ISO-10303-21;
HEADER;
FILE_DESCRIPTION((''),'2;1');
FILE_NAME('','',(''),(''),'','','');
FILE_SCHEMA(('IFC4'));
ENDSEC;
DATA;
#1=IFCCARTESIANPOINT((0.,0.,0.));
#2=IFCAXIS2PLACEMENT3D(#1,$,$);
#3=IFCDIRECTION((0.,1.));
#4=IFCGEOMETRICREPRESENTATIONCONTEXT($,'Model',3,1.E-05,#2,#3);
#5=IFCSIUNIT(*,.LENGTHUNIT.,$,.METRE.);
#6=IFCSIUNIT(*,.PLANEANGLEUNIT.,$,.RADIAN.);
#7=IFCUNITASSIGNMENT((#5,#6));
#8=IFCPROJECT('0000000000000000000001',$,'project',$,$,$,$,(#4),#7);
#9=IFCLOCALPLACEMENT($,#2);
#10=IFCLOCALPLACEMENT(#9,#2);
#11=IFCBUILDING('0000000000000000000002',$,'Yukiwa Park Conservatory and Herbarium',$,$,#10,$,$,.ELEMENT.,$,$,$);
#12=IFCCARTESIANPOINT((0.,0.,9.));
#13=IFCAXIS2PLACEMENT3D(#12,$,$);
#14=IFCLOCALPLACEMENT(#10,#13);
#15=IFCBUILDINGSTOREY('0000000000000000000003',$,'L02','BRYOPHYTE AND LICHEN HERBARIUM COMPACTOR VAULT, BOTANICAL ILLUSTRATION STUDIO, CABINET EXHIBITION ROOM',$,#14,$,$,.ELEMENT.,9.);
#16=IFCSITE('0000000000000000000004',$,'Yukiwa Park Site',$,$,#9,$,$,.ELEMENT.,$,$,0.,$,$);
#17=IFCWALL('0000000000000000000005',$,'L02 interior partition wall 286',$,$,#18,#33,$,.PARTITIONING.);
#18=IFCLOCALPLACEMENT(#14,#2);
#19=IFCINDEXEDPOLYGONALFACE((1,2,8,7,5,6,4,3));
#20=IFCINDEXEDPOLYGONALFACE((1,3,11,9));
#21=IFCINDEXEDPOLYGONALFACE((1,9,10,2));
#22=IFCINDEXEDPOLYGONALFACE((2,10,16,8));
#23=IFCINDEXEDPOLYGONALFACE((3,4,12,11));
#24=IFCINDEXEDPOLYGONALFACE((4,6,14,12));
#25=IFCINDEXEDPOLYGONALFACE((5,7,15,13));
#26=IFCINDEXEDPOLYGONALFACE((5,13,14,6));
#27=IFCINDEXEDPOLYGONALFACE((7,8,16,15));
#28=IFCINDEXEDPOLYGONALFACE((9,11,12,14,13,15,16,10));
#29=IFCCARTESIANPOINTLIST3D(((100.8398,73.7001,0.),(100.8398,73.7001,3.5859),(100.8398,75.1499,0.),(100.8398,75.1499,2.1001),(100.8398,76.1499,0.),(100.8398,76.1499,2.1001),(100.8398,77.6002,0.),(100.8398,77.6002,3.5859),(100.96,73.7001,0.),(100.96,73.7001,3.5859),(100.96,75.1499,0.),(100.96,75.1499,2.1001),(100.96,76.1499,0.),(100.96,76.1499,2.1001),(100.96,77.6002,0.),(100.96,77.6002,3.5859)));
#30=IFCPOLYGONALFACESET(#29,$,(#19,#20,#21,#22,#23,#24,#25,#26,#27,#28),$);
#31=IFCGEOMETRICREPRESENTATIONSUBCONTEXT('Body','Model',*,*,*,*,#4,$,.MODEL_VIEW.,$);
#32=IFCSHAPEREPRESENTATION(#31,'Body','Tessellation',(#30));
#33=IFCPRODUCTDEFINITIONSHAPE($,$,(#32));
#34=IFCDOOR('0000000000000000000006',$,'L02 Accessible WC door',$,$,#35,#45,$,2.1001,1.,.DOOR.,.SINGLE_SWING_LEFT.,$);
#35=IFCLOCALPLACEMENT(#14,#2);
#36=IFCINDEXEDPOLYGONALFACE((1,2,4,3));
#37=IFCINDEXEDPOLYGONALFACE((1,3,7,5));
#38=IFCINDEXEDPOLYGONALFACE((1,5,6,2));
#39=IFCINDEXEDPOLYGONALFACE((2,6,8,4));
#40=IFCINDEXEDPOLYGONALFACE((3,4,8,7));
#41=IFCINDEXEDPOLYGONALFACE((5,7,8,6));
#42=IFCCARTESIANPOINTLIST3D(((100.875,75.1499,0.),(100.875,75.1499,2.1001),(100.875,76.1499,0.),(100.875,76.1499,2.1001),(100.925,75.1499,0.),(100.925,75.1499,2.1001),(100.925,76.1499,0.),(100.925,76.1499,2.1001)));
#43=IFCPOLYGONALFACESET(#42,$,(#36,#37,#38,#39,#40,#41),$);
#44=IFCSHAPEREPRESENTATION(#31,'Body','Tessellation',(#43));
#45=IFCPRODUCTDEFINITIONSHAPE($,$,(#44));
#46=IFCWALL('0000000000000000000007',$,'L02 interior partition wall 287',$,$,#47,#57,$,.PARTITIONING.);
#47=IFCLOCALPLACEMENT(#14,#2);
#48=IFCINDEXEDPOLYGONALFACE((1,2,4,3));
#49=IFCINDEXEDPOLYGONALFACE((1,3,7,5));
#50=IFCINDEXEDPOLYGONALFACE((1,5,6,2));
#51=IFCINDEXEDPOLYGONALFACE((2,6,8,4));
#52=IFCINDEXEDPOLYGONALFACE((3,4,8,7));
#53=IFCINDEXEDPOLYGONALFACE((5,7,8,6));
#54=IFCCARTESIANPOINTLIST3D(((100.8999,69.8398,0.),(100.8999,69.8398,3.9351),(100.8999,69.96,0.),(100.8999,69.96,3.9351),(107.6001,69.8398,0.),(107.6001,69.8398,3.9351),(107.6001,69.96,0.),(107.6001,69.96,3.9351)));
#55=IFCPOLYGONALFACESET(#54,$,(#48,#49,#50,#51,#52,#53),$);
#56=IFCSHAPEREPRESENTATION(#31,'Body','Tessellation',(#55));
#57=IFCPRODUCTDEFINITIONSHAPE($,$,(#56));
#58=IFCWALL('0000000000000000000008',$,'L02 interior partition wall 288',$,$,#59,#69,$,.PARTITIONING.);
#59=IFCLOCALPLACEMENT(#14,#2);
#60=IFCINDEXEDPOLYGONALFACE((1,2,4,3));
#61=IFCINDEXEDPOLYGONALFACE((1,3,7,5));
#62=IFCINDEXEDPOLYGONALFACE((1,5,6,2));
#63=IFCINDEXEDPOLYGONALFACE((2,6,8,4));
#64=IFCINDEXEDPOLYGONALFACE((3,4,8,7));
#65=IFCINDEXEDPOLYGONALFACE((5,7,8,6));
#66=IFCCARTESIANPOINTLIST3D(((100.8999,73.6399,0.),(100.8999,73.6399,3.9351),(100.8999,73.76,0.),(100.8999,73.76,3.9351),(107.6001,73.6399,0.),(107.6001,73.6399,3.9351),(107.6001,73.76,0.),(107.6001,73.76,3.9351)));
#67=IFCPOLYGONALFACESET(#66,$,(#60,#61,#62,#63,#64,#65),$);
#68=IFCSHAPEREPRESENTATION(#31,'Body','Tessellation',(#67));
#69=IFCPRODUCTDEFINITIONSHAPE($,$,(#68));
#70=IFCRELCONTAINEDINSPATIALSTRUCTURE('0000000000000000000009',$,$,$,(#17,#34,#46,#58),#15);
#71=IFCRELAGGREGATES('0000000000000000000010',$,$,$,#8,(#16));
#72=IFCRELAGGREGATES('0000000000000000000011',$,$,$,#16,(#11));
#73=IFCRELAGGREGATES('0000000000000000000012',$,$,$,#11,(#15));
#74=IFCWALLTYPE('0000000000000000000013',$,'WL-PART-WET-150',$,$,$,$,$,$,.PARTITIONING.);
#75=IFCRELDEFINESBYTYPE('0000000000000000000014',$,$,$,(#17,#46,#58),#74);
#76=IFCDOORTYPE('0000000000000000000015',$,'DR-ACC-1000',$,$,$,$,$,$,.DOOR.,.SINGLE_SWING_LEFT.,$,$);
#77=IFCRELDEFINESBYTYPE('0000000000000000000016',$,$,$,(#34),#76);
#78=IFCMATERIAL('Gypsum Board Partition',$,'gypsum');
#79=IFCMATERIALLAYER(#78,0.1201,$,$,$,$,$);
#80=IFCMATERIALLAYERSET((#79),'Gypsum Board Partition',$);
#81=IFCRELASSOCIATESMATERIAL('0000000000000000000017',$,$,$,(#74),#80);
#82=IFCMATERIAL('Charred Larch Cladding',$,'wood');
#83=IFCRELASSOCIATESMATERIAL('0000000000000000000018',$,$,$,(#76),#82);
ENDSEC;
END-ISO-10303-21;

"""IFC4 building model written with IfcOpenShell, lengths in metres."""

from ifc_helpers import new_model, si_unit, direction, frame, frame_2d, origin, place, context, subcontext, project, spatial, rectangle, extrude, material, layer, layer_set, type_object, element, fill, save


model = new_model("IFC4")

# Units and contexts
model_context = context("Model", 3, precision=1e-05, world=origin(), true_north=direction((0.0, 1.0)))
body_context = subcontext(model_context, "Body", "Model", "MODEL_VIEW")
ifc_project = project(units=[si_unit("LENGTHUNIT", "METRE"), si_unit("PLANEANGLEUNIT", "RADIAN")], contexts=[model_context])

# Site, building, storey
site_placement = place(None, origin())
site = spatial("IfcSite", under=ifc_project, at=site_placement, Name="Yukiwa Park Site", CompositionType="ELEMENT", RefElevation=0.0)
building_placement = place(site_placement, origin())
building = spatial("IfcBuilding", under=site, at=building_placement, Name="Yukiwa Park Conservatory and Herbarium", CompositionType="ELEMENT")
storey_placement = place(building_placement, frame((0.0, 0.0, 9.0)))
storey = spatial("IfcBuildingStorey", under=building, at=storey_placement, Name="L02", Description="BRYOPHYTE AND LICHEN HERBARIUM COMPACTOR VAULT, BOTANICAL ILLUSTRATION STUDIO, CABINET EXHIBITION ROOM", CompositionType="ELEMENT", Elevation=9.0)

# Wall, opening, door
ifc_material_1 = material(Name="Gypsum Board Partition", Category="gypsum")
ifc_layer_1 = layer(ifc_material_1, 0.1201)
ifc_layer_set_1 = layer_set([ifc_layer_1], Name="Gypsum Board Partition")
wall_type_1 = type_object("IfcWallType", Name="WL-PART-WET-150", PredefinedType="PARTITIONING", material=ifc_layer_set_1)
wall_1_placement = place(storey_placement, frame((100.8999, 73.7, 0.0), z_axis=(0.0, 0.0, 1.0), x_axis=(0.0, 1.0, 0.0)))
wall_1 = element("IfcWall", 1, at=wall_1_placement, inside=storey, type_object=wall_type_1, Name="L02 interior partition wall 286", PredefinedType="PARTITIONING", context=body_context, shape_type="SweptSolid", body=[
    extrude(rectangle(XDim=3.9001, YDim=0.1201, at=frame_2d((1.9502, 0.0))), origin(), (0.0, 0.0, 1.0), 3.5859),
])
opening_1_placement = place(wall_1_placement, frame((1.45, 0.0, 0.0)))
opening_1 = element("IfcOpeningElement", 2, at=opening_1_placement, cuts=wall_1, PredefinedType="OPENING", context=body_context, shape_type="SweptSolid", body=[
    extrude(rectangle(XDim=1.0, YDim=2.1001, at=frame_2d((0.5, 1.05))), frame((0.0, 0.0701, 0.0), z_axis=(0.0, -1.0, 0.0), x_axis=(1.0, 0.0, 0.0)), (0.0, 0.0, 1.0), 0.1401),
])
ifc_material_2 = material(Name="Charred Larch Cladding", Category="wood")
door_type_1 = type_object("IfcDoorType", Name="DR-ACC-1000", OperationType="SINGLE_SWING_LEFT", PredefinedType="DOOR", material=ifc_material_2)
door_1_placement = place(opening_1_placement, origin())
door_1 = element("IfcDoor", 3, at=door_1_placement, inside=storey, type_object=door_type_1, Name="L02 Accessible WC door", OperationType="SINGLE_SWING_LEFT", OverallHeight=2.1001, OverallWidth=1.0, PredefinedType="DOOR", context=body_context, shape_type="SweptSolid", body=[
    extrude(rectangle(XDim=1.0, YDim=2.1001, at=frame_2d((0.5, 1.05))), frame((0.0, 0.0249, 0.0), z_axis=(0.0, -1.0, 0.0), x_axis=(1.0, 0.0, 0.0)), (0.0, 0.0, 1.0), 0.05),
])
fill(opening_1, door_1)

# Walls
for number, where, z_axis, x_axis, name in (
    (4, (100.8999, 69.8999, 0.0), (0.0, 0.0, 1.0), (1.0, 0.0, 0.0), "L02 interior partition wall 287"),
    (5, (100.8999, 73.7, 0.0), (0.0, 0.0, 1.0), (1.0, 0.0, 0.0), "L02 interior partition wall 288"),
):
    element("IfcWall", number, at=place(storey_placement, frame(where, z_axis=z_axis, x_axis=x_axis)), inside=storey, type_object=wall_type_1, Name=name, PredefinedType="PARTITIONING", context=body_context, shape_type="SweptSolid", body=[
        extrude(rectangle(XDim=6.7002, YDim=0.1201, at=frame_2d((3.3501, 0.0))), origin(), (0.0, 0.0, 1.0), 3.9351),
    ])

save(model, "model.ifc")
